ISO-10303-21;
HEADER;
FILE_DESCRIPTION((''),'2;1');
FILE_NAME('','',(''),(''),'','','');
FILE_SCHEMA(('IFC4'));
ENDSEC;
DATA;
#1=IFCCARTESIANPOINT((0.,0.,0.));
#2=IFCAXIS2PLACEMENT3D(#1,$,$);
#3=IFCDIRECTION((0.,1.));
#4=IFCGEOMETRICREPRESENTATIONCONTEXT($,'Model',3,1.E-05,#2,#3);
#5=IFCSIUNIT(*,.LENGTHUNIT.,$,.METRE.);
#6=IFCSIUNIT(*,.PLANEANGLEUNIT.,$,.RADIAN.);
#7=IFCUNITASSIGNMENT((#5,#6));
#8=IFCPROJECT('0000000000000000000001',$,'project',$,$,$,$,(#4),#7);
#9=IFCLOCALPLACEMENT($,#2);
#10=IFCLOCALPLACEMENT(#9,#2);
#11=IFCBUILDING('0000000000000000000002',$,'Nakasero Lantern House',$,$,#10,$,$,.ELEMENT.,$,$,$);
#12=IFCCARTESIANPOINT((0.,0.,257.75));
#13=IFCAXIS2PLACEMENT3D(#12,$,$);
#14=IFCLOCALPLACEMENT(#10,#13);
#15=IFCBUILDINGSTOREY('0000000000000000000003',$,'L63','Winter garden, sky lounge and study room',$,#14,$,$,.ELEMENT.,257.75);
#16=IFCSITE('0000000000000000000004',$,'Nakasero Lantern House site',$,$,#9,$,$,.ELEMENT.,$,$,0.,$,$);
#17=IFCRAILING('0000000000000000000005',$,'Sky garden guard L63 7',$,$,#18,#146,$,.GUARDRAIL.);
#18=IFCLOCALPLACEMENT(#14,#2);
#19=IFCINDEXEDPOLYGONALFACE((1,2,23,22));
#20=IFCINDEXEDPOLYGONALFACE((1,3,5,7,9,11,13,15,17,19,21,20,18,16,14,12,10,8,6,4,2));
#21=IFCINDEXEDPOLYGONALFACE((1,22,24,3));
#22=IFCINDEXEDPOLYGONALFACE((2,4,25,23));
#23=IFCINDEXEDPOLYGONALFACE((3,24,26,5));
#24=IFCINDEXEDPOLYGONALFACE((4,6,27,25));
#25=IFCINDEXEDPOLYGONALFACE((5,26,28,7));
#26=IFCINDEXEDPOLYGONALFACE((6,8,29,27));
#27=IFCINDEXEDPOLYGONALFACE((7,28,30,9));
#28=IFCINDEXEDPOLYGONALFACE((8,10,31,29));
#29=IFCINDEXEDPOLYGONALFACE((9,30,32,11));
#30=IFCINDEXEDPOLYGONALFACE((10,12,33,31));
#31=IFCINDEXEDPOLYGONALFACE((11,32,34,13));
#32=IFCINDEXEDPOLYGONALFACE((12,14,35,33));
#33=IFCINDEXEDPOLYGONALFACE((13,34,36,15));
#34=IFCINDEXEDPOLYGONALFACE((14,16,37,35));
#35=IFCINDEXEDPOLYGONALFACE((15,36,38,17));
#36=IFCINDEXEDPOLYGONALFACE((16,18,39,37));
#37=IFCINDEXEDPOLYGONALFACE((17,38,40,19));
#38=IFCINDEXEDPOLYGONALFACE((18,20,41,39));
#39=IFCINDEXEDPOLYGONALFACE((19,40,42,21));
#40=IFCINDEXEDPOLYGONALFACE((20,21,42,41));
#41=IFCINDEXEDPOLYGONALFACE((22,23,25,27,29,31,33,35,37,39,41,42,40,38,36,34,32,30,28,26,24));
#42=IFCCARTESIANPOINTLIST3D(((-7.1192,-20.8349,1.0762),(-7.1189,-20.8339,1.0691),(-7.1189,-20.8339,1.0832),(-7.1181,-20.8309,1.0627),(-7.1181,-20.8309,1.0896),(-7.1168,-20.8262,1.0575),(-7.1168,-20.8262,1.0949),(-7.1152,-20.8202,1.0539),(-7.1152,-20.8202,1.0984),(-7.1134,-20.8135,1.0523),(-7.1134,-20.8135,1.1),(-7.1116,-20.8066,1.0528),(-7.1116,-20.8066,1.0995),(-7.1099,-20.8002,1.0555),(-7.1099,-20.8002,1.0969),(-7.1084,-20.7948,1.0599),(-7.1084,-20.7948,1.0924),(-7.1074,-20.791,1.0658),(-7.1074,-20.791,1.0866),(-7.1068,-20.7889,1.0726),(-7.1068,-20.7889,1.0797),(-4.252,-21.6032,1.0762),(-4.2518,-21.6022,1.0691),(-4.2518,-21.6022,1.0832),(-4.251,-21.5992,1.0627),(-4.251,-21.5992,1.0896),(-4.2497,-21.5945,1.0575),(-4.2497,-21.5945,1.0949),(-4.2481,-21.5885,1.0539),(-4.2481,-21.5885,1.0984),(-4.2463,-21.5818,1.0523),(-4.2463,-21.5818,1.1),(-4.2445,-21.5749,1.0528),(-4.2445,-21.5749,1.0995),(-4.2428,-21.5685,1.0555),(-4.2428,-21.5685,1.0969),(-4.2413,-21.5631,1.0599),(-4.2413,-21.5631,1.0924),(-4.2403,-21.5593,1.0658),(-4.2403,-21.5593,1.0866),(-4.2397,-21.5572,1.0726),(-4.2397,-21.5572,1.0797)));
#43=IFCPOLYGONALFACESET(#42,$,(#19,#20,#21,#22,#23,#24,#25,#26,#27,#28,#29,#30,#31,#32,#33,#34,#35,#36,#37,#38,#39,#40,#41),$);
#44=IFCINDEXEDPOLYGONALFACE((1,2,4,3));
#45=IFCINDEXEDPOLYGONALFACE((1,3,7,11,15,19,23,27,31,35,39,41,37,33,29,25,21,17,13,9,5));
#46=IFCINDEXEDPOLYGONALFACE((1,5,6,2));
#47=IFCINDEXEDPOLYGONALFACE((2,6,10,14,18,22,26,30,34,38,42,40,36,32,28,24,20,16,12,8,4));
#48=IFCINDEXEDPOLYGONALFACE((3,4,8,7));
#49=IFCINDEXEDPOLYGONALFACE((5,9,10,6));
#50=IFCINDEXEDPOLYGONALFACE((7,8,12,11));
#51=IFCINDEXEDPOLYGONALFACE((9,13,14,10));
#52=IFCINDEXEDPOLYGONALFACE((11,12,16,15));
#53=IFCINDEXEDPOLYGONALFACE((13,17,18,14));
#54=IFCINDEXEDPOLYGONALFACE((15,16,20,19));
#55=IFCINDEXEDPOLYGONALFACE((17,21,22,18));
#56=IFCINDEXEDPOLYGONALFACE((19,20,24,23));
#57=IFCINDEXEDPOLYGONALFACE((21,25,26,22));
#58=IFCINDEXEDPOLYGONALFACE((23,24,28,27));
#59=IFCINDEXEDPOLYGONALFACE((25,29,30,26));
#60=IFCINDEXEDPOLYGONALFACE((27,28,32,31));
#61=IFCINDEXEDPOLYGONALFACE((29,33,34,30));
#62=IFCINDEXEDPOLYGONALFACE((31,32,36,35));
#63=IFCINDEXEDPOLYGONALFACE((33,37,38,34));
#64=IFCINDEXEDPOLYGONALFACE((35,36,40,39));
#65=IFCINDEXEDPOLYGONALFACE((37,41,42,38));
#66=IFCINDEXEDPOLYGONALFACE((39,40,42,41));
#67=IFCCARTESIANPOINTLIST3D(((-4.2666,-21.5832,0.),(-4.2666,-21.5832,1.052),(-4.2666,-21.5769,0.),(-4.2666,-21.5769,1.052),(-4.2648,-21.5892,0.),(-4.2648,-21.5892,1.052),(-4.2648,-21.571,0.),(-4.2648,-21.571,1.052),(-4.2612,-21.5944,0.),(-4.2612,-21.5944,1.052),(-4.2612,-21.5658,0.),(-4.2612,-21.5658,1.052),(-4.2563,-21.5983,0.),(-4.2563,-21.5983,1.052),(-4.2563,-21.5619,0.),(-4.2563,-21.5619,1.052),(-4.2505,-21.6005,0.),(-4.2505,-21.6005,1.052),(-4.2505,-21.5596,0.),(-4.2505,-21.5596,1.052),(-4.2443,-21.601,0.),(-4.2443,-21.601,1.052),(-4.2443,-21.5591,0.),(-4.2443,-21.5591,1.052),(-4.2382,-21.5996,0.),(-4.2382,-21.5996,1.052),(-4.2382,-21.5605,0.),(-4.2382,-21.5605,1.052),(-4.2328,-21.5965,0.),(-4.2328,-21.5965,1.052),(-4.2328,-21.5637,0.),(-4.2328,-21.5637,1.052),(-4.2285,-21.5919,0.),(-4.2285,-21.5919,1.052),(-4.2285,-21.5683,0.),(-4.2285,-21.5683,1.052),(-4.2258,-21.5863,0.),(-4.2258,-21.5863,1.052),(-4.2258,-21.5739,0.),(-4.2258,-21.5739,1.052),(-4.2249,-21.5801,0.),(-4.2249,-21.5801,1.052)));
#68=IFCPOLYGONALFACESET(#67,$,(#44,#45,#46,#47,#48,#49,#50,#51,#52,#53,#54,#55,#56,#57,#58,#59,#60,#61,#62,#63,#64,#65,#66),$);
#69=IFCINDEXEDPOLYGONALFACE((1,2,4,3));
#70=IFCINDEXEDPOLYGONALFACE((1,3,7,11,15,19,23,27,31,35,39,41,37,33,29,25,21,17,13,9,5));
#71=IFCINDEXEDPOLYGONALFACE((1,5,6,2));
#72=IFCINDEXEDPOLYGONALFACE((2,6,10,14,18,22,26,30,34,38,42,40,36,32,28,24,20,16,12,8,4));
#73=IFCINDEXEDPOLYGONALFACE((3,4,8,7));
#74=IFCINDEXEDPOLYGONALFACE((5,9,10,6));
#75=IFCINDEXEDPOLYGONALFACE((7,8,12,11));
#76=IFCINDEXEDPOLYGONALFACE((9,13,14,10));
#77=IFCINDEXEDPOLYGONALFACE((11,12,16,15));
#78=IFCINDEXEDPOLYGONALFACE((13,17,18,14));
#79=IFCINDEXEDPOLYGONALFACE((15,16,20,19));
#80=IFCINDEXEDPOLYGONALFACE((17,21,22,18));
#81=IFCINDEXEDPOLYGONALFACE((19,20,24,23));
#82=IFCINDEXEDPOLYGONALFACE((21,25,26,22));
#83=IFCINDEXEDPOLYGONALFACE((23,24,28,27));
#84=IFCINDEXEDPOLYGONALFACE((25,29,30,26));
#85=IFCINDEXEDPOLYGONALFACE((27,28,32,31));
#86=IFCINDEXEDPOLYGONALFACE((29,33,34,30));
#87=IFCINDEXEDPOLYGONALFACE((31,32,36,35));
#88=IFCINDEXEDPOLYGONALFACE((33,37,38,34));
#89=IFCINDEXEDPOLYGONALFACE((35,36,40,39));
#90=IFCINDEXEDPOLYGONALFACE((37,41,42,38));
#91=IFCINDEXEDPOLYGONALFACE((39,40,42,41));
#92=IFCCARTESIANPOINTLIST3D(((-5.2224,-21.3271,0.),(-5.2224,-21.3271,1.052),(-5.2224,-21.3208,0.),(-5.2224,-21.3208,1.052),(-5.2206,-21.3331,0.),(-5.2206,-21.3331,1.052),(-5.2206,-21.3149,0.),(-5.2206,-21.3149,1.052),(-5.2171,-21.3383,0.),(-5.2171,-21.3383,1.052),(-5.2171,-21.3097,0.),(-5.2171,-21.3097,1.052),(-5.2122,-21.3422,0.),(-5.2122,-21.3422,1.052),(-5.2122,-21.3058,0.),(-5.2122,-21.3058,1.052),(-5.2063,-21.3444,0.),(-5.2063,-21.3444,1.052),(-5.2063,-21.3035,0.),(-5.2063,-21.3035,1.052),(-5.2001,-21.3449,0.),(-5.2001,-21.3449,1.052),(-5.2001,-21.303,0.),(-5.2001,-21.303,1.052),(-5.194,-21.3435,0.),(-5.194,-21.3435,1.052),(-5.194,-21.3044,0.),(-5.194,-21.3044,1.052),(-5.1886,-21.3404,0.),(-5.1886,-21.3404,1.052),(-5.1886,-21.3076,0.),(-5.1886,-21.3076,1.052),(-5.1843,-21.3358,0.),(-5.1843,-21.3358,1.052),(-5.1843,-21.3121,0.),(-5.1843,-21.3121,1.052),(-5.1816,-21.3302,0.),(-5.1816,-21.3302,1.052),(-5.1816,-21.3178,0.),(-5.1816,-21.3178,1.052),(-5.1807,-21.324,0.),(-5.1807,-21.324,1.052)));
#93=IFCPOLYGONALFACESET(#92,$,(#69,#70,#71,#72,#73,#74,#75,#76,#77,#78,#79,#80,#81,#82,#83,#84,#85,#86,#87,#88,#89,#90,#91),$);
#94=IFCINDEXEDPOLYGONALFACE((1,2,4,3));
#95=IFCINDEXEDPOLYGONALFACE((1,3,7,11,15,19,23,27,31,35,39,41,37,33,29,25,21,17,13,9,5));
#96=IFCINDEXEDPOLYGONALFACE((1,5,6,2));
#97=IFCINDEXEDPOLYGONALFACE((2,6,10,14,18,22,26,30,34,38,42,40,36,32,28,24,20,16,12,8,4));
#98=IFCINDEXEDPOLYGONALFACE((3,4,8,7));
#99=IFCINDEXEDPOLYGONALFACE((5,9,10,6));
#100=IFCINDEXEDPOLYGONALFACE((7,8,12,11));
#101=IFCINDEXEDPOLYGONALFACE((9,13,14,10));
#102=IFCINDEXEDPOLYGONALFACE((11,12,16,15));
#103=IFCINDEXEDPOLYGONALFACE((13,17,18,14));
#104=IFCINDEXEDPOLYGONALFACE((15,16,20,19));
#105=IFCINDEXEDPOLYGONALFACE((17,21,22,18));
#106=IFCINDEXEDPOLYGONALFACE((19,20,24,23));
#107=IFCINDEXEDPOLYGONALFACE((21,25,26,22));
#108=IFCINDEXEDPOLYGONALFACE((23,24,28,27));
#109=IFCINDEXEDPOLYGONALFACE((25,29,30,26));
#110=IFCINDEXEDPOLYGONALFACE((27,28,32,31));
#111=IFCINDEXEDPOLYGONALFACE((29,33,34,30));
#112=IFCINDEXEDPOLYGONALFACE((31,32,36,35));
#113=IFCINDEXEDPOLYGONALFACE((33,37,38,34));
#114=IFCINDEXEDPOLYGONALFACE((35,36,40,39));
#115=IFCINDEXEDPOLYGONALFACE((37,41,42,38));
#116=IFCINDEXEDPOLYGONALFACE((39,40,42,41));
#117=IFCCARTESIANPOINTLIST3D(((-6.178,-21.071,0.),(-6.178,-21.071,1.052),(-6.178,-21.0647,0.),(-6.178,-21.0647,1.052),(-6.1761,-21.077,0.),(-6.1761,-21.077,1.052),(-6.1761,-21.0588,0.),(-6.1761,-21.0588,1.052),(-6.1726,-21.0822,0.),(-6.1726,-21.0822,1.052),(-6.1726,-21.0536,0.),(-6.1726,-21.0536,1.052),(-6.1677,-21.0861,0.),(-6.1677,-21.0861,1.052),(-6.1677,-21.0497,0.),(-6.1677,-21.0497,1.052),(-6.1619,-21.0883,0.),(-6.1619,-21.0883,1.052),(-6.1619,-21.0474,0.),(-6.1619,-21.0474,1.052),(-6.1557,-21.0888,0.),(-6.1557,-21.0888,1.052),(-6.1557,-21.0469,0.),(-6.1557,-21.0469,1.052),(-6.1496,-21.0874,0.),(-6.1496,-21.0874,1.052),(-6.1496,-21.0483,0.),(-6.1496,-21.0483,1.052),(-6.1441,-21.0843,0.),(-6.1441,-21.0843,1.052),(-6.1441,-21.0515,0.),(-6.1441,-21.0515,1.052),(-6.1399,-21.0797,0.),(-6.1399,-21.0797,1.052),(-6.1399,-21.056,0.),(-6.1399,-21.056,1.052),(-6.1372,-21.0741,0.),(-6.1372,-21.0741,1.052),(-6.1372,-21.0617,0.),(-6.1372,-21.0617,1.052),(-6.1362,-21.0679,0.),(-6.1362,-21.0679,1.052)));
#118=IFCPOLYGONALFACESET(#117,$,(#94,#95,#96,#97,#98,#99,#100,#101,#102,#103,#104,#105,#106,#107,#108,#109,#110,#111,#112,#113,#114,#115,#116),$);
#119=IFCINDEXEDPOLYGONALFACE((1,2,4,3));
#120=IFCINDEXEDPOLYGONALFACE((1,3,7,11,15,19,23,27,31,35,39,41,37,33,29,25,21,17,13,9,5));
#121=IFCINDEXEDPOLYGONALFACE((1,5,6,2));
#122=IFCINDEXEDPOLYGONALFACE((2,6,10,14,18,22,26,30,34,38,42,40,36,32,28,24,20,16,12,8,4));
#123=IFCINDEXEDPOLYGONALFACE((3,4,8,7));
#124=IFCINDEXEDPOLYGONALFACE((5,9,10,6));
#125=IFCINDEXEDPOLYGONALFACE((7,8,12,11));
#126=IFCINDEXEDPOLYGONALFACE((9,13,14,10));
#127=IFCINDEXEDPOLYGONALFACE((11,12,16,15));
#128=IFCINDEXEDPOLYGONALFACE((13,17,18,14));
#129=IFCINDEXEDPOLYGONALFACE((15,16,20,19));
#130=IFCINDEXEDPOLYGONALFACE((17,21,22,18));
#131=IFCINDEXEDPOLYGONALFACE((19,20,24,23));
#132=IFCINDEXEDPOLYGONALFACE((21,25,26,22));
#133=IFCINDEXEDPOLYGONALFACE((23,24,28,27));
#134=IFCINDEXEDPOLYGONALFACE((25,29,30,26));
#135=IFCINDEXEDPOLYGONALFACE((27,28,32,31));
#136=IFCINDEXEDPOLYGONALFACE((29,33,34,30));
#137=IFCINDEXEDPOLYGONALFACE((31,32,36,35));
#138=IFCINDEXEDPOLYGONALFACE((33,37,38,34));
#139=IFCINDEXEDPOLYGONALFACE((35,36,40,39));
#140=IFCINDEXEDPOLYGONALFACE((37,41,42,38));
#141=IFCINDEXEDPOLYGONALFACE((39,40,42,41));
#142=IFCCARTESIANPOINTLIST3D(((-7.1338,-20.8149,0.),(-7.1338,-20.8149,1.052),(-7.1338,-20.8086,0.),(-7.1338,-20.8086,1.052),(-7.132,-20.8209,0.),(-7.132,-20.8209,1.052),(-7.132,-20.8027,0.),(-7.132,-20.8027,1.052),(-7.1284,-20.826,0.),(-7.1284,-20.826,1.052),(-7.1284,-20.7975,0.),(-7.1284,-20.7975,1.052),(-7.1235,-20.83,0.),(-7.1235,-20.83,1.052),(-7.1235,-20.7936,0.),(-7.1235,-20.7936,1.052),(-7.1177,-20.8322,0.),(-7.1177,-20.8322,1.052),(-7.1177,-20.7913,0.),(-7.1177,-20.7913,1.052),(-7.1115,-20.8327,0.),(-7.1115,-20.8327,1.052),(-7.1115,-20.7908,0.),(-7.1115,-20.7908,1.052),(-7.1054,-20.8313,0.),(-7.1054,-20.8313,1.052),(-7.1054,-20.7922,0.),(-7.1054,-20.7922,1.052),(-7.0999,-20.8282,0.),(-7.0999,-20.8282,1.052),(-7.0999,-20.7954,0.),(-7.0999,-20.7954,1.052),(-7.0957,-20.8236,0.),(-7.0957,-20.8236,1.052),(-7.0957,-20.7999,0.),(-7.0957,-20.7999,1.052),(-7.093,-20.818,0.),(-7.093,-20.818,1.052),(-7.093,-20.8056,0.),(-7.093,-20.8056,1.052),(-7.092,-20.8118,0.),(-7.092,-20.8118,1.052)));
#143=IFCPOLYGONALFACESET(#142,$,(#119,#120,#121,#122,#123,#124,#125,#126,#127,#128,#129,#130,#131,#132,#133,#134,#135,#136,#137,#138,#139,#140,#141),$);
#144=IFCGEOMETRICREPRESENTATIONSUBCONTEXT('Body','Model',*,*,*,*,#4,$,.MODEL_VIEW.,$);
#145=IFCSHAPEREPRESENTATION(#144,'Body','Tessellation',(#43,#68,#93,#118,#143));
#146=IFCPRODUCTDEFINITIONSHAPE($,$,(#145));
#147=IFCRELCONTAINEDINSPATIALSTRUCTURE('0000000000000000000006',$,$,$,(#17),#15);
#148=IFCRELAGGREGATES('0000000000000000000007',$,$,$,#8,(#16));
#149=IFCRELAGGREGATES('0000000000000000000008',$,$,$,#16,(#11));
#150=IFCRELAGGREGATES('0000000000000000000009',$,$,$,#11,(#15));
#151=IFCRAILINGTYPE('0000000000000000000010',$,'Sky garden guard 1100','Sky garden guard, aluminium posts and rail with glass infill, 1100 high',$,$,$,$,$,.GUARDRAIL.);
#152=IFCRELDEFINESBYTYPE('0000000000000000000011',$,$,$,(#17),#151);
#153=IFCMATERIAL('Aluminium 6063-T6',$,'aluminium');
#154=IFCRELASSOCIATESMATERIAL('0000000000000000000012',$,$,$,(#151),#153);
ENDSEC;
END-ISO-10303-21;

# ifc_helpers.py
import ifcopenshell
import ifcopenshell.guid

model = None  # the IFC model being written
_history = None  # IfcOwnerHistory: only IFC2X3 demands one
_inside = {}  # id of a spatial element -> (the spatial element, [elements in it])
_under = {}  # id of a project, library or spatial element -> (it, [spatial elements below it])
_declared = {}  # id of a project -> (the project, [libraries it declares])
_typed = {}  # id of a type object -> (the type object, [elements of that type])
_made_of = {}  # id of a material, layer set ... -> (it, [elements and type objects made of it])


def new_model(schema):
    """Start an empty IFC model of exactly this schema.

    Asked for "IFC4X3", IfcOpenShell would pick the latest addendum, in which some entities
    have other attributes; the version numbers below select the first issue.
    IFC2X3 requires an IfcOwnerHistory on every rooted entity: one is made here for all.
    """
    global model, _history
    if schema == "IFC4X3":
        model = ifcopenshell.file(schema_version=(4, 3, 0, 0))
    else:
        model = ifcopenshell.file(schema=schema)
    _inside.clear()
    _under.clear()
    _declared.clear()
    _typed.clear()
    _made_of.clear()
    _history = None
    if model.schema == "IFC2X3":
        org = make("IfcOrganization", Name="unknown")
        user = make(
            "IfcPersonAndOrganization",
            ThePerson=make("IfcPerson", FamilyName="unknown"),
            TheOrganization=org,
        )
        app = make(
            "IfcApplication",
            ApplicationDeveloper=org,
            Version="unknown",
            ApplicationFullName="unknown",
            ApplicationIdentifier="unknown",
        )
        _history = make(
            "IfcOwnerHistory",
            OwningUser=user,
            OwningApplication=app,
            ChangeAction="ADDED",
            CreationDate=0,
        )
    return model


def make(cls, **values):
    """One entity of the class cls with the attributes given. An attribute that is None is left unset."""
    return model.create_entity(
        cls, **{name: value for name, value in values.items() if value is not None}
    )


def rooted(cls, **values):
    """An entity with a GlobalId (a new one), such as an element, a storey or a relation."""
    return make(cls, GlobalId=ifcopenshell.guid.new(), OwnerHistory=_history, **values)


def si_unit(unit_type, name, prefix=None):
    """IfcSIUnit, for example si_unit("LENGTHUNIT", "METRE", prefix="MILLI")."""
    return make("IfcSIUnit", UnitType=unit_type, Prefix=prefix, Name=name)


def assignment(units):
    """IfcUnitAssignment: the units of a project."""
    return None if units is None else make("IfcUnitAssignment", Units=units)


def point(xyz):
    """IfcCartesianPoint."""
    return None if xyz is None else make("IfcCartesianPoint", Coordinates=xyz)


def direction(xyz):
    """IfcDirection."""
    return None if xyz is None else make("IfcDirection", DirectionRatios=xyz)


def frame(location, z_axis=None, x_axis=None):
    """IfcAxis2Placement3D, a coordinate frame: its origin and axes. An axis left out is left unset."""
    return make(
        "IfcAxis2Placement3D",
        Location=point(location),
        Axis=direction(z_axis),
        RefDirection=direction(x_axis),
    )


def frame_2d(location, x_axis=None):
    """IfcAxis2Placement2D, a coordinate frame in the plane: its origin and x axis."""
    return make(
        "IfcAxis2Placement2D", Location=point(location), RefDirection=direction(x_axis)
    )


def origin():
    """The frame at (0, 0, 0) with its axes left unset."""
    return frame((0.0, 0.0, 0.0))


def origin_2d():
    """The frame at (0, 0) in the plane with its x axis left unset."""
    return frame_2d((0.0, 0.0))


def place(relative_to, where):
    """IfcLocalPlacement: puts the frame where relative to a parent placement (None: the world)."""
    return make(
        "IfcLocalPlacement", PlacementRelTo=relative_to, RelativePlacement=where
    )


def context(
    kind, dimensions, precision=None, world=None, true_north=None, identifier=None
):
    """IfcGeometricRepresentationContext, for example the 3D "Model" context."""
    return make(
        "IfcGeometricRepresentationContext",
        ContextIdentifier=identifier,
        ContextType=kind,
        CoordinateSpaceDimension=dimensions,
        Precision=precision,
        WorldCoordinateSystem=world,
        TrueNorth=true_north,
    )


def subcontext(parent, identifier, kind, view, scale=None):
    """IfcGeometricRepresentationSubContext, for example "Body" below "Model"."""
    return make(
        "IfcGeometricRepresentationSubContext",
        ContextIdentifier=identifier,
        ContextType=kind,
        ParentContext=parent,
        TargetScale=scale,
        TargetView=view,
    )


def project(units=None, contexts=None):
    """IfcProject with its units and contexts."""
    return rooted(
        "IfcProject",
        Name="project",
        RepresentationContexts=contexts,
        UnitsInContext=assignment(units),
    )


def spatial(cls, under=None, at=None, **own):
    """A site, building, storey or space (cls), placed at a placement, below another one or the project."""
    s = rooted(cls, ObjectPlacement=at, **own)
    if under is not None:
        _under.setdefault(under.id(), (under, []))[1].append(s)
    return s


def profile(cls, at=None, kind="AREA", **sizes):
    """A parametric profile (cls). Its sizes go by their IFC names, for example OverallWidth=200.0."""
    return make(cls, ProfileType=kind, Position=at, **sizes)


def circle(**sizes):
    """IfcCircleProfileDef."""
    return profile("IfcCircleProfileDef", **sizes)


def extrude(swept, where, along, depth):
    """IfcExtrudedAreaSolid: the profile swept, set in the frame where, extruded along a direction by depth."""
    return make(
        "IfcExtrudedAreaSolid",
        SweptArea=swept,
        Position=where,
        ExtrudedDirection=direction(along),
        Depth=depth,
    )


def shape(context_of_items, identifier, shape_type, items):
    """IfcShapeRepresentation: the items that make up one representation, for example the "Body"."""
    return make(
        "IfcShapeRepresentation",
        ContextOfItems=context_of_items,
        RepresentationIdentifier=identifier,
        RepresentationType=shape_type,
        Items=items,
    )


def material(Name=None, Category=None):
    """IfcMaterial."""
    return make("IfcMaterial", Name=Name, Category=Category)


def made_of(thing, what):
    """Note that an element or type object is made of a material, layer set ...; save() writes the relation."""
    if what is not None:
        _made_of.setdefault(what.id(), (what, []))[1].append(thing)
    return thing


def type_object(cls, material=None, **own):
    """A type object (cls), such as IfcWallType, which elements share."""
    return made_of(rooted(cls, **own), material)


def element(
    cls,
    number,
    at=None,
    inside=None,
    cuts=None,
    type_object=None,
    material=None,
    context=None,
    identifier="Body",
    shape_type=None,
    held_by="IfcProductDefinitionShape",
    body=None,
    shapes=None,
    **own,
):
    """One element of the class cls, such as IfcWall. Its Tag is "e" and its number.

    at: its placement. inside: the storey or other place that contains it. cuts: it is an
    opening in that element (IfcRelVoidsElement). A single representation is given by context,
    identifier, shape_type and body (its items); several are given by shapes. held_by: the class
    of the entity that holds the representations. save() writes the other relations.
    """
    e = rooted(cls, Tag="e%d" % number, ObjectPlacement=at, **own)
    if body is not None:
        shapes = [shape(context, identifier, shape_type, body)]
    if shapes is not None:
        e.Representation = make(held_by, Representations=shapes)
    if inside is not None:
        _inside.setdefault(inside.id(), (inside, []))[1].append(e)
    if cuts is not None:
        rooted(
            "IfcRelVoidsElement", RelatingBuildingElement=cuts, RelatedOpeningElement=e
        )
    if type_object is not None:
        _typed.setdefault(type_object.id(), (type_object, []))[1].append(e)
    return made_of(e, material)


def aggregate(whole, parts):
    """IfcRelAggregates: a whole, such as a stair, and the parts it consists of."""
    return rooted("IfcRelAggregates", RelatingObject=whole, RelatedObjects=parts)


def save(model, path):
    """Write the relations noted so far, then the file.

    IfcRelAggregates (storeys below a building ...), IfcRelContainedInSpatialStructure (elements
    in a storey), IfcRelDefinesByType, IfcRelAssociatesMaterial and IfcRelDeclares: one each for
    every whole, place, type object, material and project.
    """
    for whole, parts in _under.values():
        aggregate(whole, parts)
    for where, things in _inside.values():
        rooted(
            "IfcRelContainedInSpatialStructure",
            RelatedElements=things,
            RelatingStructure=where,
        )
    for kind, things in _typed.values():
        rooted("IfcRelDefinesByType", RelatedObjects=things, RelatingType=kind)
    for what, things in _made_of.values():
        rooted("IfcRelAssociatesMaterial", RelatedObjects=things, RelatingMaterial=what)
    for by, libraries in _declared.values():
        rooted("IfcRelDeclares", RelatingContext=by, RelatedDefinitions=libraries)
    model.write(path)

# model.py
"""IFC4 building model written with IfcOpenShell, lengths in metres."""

from ifc_helpers import new_model, si_unit, direction, frame, origin, origin_2d, place, context, subcontext, project, spatial, circle, extrude, material, type_object, element, save


model = new_model("IFC4")

# Units and contexts
model_context = context("Model", 3, precision=1e-05, world=origin(), true_north=direction((0.0, 1.0)))
body_context = subcontext(model_context, "Body", "Model", "MODEL_VIEW")
ifc_project = project(units=[si_unit("LENGTHUNIT", "METRE"), si_unit("PLANEANGLEUNIT", "RADIAN")], contexts=[model_context])

# Site, building, storey
site_placement = place(None, origin())
site = spatial("IfcSite", under=ifc_project, at=site_placement, Name="Nakasero Lantern House site", CompositionType="ELEMENT", RefElevation=0.0)
building_placement = place(site_placement, origin())
building = spatial("IfcBuilding", under=site, at=building_placement, Name="Nakasero Lantern House", CompositionType="ELEMENT")
storey_placement = place(building_placement, frame((0.0, 0.0, 257.75)))
storey = spatial("IfcBuildingStorey", under=building, at=storey_placement, Name="L63", Description="Winter garden, sky lounge and study room", CompositionType="ELEMENT", Elevation=257.75)

# Railing
ifc_material_1 = material(Name="Aluminium 6063-T6", Category="aluminium")
railing_type = type_object("IfcRailingType", Name="Sky garden guard 1100", Description="Sky garden guard, aluminium posts and rail with glass infill, 1100 high", PredefinedType="GUARDRAIL", material=ifc_material_1)
railing_1_placement = place(storey_placement, frame((-4.2458, -21.5801, 0.0)))
element("IfcRailing", 1, at=railing_1_placement, inside=storey, type_object=railing_type, Name="Sky garden guard L63 7", PredefinedType="GUARDRAIL", context=body_context, shape_type="SweptSolid", body=[
    extrude(circle(Radius=0.0239, at=origin_2d()), frame((0.0, 0.0, 1.0762), z_axis=(-0.965922, 0.258835, 0.0), x_axis=(-0.258835, -0.965922, 0.0)), (0.0, 0.0, 1.0), 2.9683),
    extrude(circle(Radius=0.021, at=origin_2d()), origin(), (0.0, 0.0, 1.0), 1.052),
    extrude(circle(Radius=0.021, at=origin_2d()), frame((-0.9558, 0.2561, 0.0)), (0.0, 0.0, 1.0), 1.052),
    extrude(circle(Radius=0.021, at=origin_2d()), frame((-1.9114, 0.5122, 0.0)), (0.0, 0.0, 1.0), 1.052),
    extrude(circle(Radius=0.021, at=origin_2d()), frame((-2.8672, 0.7683, 0.0)), (0.0, 0.0, 1.0), 1.052),
])

save(model, "model.ifc")
